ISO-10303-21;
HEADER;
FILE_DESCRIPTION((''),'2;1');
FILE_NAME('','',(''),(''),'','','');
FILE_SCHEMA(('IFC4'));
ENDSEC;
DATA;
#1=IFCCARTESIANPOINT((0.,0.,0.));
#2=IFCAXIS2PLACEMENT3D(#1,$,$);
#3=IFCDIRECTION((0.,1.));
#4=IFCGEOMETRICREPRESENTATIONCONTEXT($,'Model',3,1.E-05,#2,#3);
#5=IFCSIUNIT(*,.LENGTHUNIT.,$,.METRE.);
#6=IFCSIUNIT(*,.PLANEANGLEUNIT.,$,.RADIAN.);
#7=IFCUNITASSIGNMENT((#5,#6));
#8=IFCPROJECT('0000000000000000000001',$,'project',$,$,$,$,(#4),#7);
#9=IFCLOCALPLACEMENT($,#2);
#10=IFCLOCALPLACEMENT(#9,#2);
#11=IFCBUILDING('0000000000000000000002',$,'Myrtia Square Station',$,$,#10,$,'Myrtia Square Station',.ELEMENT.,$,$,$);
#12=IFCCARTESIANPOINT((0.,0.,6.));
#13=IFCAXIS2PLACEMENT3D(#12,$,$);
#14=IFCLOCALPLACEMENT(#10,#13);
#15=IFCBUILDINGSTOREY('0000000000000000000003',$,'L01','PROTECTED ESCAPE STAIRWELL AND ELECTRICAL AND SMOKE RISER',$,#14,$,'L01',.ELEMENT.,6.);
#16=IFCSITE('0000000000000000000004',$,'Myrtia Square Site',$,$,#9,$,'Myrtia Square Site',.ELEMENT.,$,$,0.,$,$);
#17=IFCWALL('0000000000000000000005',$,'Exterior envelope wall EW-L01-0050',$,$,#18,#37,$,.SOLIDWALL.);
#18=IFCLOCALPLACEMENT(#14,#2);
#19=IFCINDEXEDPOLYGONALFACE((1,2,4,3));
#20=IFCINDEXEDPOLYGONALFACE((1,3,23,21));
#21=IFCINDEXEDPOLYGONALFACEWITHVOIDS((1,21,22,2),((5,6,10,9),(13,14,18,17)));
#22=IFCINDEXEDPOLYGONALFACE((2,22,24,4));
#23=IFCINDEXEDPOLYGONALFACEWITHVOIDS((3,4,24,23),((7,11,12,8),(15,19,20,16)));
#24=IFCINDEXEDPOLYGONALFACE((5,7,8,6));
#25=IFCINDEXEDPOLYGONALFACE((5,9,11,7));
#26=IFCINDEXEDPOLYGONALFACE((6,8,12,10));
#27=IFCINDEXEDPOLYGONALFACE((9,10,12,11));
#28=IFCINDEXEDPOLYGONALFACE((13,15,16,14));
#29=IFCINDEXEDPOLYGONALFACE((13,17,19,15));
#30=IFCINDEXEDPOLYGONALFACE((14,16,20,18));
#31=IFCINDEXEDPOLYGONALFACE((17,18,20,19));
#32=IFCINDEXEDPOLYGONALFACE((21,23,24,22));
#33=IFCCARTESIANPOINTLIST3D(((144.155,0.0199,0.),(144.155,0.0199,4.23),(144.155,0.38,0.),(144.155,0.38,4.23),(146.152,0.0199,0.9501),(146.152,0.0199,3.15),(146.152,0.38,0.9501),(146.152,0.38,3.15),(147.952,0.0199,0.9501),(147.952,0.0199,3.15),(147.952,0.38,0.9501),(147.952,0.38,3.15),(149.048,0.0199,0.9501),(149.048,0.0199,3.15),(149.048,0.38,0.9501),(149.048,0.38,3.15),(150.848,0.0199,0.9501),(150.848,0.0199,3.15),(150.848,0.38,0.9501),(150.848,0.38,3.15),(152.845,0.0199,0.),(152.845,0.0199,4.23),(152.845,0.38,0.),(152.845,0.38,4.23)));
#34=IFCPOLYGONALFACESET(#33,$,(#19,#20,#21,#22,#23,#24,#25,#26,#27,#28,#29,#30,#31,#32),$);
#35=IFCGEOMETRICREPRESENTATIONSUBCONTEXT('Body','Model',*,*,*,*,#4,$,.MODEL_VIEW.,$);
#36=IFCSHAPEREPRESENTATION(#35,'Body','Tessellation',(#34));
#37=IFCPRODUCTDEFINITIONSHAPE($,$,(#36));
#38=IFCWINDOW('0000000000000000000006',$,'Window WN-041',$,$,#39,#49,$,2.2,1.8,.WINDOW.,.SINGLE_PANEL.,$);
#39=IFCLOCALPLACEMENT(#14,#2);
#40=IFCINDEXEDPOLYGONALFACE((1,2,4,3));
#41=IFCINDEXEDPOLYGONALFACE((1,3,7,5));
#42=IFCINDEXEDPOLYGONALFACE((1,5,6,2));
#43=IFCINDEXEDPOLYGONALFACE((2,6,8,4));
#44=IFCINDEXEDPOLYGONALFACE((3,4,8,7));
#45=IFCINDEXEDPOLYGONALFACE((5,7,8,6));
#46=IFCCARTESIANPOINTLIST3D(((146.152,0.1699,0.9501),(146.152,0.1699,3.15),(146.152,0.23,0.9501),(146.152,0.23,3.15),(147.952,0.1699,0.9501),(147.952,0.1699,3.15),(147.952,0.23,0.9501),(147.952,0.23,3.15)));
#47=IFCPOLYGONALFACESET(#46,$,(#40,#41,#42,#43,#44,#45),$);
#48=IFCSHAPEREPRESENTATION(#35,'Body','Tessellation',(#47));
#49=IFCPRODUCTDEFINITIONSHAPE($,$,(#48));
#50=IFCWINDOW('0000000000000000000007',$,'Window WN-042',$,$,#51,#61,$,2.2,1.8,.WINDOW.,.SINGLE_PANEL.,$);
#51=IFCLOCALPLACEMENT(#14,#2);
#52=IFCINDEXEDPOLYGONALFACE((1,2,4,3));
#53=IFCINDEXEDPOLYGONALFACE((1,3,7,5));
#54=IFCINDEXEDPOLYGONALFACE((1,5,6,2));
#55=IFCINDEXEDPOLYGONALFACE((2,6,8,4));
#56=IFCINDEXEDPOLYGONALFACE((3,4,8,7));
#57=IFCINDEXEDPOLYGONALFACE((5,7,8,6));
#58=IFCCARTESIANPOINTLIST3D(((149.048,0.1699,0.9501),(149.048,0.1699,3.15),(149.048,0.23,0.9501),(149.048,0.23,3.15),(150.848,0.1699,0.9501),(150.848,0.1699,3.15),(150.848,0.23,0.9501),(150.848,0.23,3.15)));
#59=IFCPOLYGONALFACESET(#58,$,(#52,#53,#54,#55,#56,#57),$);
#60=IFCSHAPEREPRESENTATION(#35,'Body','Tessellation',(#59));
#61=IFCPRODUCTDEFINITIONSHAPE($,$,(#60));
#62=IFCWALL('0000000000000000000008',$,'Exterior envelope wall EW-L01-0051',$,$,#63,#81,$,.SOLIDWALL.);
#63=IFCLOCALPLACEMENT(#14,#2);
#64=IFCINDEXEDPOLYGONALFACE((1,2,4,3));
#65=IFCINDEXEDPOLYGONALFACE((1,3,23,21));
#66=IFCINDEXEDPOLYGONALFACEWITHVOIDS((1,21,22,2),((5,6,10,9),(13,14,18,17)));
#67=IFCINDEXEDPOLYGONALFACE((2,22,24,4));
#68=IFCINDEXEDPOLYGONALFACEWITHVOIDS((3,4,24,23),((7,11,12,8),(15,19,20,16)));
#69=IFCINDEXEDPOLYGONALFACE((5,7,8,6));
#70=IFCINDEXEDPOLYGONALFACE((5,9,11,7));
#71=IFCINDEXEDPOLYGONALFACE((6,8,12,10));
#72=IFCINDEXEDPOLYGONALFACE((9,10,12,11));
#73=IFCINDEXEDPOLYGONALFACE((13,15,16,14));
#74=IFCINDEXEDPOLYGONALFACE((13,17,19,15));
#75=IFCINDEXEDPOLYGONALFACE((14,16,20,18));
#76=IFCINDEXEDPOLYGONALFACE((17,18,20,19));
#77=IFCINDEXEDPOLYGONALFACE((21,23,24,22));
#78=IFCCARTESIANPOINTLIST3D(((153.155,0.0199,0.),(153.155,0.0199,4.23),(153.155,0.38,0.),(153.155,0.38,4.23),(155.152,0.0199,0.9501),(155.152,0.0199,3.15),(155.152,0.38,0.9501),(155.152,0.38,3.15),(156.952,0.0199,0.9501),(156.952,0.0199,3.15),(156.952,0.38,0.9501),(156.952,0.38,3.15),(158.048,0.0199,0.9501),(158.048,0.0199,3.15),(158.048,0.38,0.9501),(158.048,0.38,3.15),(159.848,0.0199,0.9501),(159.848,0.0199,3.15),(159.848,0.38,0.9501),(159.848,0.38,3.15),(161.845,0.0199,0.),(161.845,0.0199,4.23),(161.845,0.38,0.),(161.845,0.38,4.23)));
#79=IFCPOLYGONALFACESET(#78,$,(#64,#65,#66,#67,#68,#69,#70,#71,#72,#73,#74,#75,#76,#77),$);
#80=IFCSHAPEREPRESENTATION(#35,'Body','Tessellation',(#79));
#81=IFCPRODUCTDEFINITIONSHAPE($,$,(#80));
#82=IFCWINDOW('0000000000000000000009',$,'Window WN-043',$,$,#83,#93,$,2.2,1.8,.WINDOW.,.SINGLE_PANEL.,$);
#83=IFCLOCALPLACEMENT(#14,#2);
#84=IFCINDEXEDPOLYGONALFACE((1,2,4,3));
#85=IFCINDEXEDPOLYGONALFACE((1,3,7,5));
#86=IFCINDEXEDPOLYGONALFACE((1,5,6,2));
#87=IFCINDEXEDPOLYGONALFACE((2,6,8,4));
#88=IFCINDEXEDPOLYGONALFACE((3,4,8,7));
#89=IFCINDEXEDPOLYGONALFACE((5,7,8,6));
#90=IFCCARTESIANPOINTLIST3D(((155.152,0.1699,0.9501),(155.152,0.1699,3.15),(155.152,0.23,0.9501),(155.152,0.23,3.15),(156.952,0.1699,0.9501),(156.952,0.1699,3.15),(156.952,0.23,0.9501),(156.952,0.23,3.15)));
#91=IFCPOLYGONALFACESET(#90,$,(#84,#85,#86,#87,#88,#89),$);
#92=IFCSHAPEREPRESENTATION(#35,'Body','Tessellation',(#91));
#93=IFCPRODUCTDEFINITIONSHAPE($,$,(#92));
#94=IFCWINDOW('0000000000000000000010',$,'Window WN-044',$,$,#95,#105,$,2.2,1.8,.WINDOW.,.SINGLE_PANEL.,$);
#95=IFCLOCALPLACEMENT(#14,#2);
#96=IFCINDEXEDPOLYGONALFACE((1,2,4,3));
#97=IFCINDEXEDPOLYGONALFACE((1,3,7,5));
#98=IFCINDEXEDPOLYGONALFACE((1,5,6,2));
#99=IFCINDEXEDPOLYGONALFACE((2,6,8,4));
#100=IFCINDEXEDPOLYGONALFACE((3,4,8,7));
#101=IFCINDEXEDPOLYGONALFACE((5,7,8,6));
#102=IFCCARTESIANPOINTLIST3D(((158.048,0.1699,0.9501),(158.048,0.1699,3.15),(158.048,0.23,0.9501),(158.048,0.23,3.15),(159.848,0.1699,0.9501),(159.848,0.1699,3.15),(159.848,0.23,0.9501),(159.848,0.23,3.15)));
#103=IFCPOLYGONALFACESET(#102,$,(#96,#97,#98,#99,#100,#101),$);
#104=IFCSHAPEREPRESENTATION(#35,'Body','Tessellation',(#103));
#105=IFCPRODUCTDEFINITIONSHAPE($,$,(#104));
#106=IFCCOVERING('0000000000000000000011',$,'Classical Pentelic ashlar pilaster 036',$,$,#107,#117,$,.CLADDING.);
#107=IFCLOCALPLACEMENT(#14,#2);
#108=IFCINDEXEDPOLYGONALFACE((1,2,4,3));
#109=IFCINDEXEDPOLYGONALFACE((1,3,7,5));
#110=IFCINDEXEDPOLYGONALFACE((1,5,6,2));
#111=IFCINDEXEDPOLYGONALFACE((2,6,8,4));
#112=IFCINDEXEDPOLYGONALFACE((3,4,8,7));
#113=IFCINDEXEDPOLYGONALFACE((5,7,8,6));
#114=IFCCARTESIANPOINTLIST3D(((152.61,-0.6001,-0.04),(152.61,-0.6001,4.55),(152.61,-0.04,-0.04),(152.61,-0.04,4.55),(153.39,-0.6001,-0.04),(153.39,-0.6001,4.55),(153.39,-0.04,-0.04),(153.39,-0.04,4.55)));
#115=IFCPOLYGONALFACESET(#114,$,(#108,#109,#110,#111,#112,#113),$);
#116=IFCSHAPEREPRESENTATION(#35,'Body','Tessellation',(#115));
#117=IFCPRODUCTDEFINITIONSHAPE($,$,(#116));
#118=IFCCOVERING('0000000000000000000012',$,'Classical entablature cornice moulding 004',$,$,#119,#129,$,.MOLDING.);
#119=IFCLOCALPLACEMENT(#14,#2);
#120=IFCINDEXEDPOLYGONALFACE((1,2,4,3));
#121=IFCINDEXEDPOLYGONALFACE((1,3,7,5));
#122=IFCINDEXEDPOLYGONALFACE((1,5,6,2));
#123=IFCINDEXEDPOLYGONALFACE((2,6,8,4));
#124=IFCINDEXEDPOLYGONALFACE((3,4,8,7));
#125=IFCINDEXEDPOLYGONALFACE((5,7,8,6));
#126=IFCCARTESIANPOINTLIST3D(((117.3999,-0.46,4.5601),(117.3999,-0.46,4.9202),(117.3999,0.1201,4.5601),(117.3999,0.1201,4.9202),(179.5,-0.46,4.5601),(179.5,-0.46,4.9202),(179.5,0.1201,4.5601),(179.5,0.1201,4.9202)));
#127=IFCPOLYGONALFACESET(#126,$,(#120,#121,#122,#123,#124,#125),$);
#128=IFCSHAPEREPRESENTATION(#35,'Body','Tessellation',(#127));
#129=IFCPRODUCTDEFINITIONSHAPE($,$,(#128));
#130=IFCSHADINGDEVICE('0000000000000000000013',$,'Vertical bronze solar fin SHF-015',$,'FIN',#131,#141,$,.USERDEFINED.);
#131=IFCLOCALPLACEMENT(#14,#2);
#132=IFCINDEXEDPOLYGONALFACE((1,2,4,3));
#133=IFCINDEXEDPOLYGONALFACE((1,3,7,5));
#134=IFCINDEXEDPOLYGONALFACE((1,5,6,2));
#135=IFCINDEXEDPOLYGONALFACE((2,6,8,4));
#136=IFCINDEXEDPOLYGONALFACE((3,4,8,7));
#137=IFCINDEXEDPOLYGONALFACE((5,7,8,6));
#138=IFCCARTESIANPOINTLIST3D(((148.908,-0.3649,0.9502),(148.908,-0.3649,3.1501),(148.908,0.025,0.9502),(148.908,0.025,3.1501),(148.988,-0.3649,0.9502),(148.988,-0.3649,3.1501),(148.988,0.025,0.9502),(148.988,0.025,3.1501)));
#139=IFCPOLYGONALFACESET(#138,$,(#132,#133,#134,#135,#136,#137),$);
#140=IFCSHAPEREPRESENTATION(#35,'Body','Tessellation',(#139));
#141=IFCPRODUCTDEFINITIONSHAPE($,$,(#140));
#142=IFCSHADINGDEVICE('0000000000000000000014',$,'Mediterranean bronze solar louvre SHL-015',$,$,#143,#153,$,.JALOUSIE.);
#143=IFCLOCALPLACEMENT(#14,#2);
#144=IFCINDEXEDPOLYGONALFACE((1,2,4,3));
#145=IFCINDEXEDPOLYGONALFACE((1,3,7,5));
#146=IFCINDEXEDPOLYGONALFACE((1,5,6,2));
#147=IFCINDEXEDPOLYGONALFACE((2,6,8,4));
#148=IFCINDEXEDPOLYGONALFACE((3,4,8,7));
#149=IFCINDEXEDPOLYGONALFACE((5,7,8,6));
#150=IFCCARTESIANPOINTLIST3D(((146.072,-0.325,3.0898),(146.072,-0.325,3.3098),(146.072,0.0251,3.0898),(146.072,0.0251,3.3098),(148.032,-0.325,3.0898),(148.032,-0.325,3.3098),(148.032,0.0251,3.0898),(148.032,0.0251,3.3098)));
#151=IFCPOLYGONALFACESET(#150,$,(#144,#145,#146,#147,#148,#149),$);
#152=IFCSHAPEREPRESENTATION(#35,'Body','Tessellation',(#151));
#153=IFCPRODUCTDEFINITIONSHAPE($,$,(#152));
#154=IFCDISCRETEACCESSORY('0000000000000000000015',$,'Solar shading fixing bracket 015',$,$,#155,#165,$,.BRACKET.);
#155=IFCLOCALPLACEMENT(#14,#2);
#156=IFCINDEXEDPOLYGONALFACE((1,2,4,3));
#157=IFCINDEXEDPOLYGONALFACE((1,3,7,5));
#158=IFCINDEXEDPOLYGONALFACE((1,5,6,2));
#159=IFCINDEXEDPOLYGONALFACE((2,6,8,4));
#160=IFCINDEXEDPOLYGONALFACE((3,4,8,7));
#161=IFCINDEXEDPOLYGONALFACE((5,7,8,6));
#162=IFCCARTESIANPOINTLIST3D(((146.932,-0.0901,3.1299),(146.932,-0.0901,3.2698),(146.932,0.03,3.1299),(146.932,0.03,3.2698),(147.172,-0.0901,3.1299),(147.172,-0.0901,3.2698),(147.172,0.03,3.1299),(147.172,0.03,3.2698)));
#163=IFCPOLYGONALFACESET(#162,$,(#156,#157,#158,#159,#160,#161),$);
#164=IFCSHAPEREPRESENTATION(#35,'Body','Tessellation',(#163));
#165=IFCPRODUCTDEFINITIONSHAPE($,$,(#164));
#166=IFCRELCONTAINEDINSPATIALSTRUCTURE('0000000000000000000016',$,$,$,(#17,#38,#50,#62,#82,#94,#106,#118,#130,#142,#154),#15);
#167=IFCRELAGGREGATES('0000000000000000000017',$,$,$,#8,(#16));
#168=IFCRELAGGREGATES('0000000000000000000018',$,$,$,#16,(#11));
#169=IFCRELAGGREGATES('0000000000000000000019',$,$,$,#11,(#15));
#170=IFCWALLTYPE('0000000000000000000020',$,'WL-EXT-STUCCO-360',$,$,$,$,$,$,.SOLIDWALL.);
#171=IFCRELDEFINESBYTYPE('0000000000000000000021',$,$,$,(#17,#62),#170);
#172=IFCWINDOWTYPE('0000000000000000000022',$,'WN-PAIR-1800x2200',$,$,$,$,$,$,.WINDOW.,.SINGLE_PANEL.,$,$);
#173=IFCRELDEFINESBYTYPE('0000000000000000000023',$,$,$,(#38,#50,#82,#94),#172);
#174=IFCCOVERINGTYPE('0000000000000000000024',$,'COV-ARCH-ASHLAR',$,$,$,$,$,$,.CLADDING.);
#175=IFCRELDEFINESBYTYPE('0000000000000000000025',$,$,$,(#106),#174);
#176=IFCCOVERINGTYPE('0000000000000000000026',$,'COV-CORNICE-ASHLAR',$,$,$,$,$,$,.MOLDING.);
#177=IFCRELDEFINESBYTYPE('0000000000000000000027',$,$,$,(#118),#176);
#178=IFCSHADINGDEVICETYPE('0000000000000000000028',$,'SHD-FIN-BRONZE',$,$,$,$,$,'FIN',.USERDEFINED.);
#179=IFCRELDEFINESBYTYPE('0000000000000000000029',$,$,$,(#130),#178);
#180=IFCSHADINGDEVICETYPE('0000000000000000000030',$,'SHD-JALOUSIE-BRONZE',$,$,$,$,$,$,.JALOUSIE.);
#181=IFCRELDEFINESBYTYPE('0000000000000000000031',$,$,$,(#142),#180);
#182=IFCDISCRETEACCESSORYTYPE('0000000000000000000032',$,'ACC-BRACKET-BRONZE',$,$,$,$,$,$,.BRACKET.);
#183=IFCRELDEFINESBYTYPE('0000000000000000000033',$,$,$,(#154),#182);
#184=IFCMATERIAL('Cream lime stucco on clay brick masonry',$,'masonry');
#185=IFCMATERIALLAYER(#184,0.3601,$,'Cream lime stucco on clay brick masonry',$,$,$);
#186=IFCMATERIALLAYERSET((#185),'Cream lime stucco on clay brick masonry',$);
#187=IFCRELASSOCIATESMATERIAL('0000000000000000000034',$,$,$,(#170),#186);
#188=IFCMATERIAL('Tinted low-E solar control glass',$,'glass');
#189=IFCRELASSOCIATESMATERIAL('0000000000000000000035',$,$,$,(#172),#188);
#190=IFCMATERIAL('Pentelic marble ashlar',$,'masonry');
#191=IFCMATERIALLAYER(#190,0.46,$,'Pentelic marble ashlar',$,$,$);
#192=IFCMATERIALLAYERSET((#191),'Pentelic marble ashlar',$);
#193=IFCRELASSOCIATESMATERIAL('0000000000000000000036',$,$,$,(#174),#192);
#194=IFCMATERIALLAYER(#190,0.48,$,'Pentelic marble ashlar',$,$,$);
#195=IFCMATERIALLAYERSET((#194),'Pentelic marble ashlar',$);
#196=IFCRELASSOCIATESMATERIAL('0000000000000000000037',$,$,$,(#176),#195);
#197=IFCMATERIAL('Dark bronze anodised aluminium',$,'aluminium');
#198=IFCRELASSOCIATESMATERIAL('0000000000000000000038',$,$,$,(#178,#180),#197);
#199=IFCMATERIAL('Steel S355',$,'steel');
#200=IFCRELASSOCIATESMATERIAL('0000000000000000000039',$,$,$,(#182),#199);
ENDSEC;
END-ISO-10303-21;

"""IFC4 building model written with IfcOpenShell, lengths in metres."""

from ifc_helpers import new_model, si_unit, direction, frame, frame_2d, origin, origin_2d, place, context, subcontext, project, spatial, rectangle, extrude, material, layer, layer_set, type_object, element, fill, save


model = new_model("IFC4")

# Units and contexts
model_context = context("Model", 3, precision=1e-05, world=origin(), true_north=direction((0.0, 1.0)))
body_context = subcontext(model_context, "Body", "Model", "MODEL_VIEW")
ifc_project = project(units=[si_unit("LENGTHUNIT", "METRE"), si_unit("PLANEANGLEUNIT", "RADIAN")], contexts=[model_context])

# Site, building, storey
site_placement = place(None, origin())
site = spatial("IfcSite", under=ifc_project, at=site_placement, Name="Myrtia Square Site", LongName="Myrtia Square Site", CompositionType="ELEMENT", RefElevation=0.0)
building_placement = place(site_placement, origin())
building = spatial("IfcBuilding", under=site, at=building_placement, Name="Myrtia Square Station", LongName="Myrtia Square Station", CompositionType="ELEMENT")
storey_placement = place(building_placement, frame((0.0, 0.0, 6.0)))
storey = spatial("IfcBuildingStorey", under=building, at=storey_placement, Name="L01", Description="PROTECTED ESCAPE STAIRWELL AND ELECTRICAL AND SMOKE RISER", LongName="L01", CompositionType="ELEMENT", Elevation=6.0)

# Shared definitions
ifc_material_1 = material(Name="Steel S355", Category="steel")

# Walls, openings, windows
ifc_material_2 = material(Name="Cream lime stucco on clay brick masonry", Category="masonry")
ifc_layer_1 = layer(ifc_material_2, 0.3601, Name="Cream lime stucco on clay brick masonry")
ifc_layer_set_1 = layer_set([ifc_layer_1], Name="Cream lime stucco on clay brick masonry")
wall_type_1 = type_object("IfcWallType", Name="WL-EXT-STUCCO-360", PredefinedType="SOLIDWALL", material=ifc_layer_set_1)
wall_1_placement = place(storey_placement, frame((144.155, 0.2, 0.0), z_axis=(0.0, 0.0, 1.0), x_axis=(1.0, 0.0, 0.0)))
wall_1 = element("IfcWall", 1, at=wall_1_placement, inside=storey, type_object=wall_type_1, Name="Exterior envelope wall EW-L01-0050", PredefinedType="SOLIDWALL", context=body_context, shape_type="SweptSolid", body=[
    extrude(rectangle(XDim=8.6899, YDim=0.3601, at=frame_2d((4.345, 0.0))), origin(), (0.0, 0.0, 1.0), 4.23),
])
opening_1_placement = place(wall_1_placement, frame((1.9971, 0.0, 0.95)))
opening_1 = element("IfcOpeningElement", 2, at=opening_1_placement, cuts=wall_1, PredefinedType="OPENING", context=body_context, shape_type="SweptSolid", body=[
    extrude(rectangle(XDim=1.8, YDim=2.2, at=frame_2d((0.8999, 1.1001))), frame((0.0, 0.1951, 0.0), z_axis=(0.0, -1.0, 0.0), x_axis=(1.0, 0.0, 0.0)), (0.0, 0.0, 1.0), 0.3901),
])
opening_2_placement = place(wall_1_placement, frame((4.8931, 0.0, 0.95)))
opening_2 = element("IfcOpeningElement", 3, at=opening_2_placement, cuts=wall_1, PredefinedType="OPENING", context=body_context, shape_type="SweptSolid", body=[
    extrude(rectangle(XDim=1.8, YDim=2.2, at=frame_2d((0.8999, 1.1001))), frame((0.0, 0.1951, 0.0), z_axis=(0.0, -1.0, 0.0), x_axis=(1.0, 0.0, 0.0)), (0.0, 0.0, 1.0), 0.3901),
])
ifc_material_3 = material(Name="Tinted low-E solar control glass", Category="glass")
window_type = type_object("IfcWindowType", Name="WN-PAIR-1800x2200", PartitioningType="SINGLE_PANEL", PredefinedType="WINDOW", material=ifc_material_3)
window_1_placement = place(opening_1_placement, origin())
window_1 = element("IfcWindow", 4, at=window_1_placement, inside=storey, type_object=window_type, Name="Window WN-041", OverallHeight=2.2, OverallWidth=1.8, PartitioningType="SINGLE_PANEL", PredefinedType="WINDOW", context=body_context, shape_type="SweptSolid", body=[
    extrude(rectangle(XDim=1.8, YDim=2.2, at=frame_2d((0.8999, 1.1001))), frame((0.0, 0.03, 0.0), z_axis=(0.0, -1.0, 0.0), x_axis=(1.0, 0.0, 0.0)), (0.0, 0.0, 1.0), 0.0601),
])
fill(opening_1, window_1)
window_2_placement = place(opening_2_placement, origin())
window_2 = element("IfcWindow", 5, at=window_2_placement, inside=storey, type_object=window_type, Name="Window WN-042", OverallHeight=2.2, OverallWidth=1.8, PartitioningType="SINGLE_PANEL", PredefinedType="WINDOW", context=body_context, shape_type="SweptSolid", body=[
    extrude(rectangle(XDim=1.8, YDim=2.2, at=frame_2d((0.8999, 1.1001))), frame((0.0, 0.03, 0.0), z_axis=(0.0, -1.0, 0.0), x_axis=(1.0, 0.0, 0.0)), (0.0, 0.0, 1.0), 0.0601),
])
fill(opening_2, window_2)
wall_2_placement = place(storey_placement, frame((153.155, 0.2, 0.0), z_axis=(0.0, 0.0, 1.0), x_axis=(1.0, 0.0, 0.0)))
wall_2 = element("IfcWall", 6, at=wall_2_placement, inside=storey, type_object=wall_type_1, Name="Exterior envelope wall EW-L01-0051", PredefinedType="SOLIDWALL", context=body_context, shape_type="SweptSolid", body=[
    extrude(rectangle(XDim=8.6899, YDim=0.3601, at=frame_2d((4.345, 0.0))), origin(), (0.0, 0.0, 1.0), 4.23),
])
opening_3_placement = place(wall_2_placement, frame((1.9971, 0.0, 0.95)))
opening_3 = element("IfcOpeningElement", 7, at=opening_3_placement, cuts=wall_2, PredefinedType="OPENING", context=body_context, shape_type="SweptSolid", body=[
    extrude(rectangle(XDim=1.8, YDim=2.2, at=frame_2d((0.8999, 1.1001))), frame((0.0, 0.1951, 0.0), z_axis=(0.0, -1.0, 0.0), x_axis=(1.0, 0.0, 0.0)), (0.0, 0.0, 1.0), 0.3901),
])
opening_4_placement = place(wall_2_placement, frame((4.8931, 0.0, 0.95)))
opening_4 = element("IfcOpeningElement", 8, at=opening_4_placement, cuts=wall_2, PredefinedType="OPENING", context=body_context, shape_type="SweptSolid", body=[
    extrude(rectangle(XDim=1.8, YDim=2.2, at=frame_2d((0.8999, 1.1001))), frame((0.0, 0.1951, 0.0), z_axis=(0.0, -1.0, 0.0), x_axis=(1.0, 0.0, 0.0)), (0.0, 0.0, 1.0), 0.3901),
])
window_3_placement = place(opening_3_placement, origin())
window_3 = element("IfcWindow", 9, at=window_3_placement, inside=storey, type_object=window_type, Name="Window WN-043", OverallHeight=2.2, OverallWidth=1.8, PartitioningType="SINGLE_PANEL", PredefinedType="WINDOW", context=body_context, shape_type="SweptSolid", body=[
    extrude(rectangle(XDim=1.8, YDim=2.2, at=frame_2d((0.8999, 1.1001))), frame((0.0, 0.03, 0.0), z_axis=(0.0, -1.0, 0.0), x_axis=(1.0, 0.0, 0.0)), (0.0, 0.0, 1.0), 0.0601),
])
fill(opening_3, window_3)
window_4_placement = place(opening_4_placement, origin())
window_4 = element("IfcWindow", 10, at=window_4_placement, inside=storey, type_object=window_type, Name="Window WN-044", OverallHeight=2.2, OverallWidth=1.8, PartitioningType="SINGLE_PANEL", PredefinedType="WINDOW", context=body_context, shape_type="SweptSolid", body=[
    extrude(rectangle(XDim=1.8, YDim=2.2, at=frame_2d((0.8999, 1.1001))), frame((0.0, 0.03, 0.0), z_axis=(0.0, -1.0, 0.0), x_axis=(1.0, 0.0, 0.0)), (0.0, 0.0, 1.0), 0.0601),
])
fill(opening_4, window_4)

# Coverings
ifc_material_4 = material(Name="Pentelic marble ashlar", Category="masonry")
ifc_layer_2 = layer(ifc_material_4, 0.46, Name="Pentelic marble ashlar")
ifc_layer_set_2 = layer_set([ifc_layer_2], Name="Pentelic marble ashlar")
covering_type_1 = type_object("IfcCoveringType", Name="COV-ARCH-ASHLAR", PredefinedType="CLADDING", material=ifc_layer_set_2)
covering_1_placement = place(storey_placement, frame((153.0, -0.3201, -0.04), z_axis=(0.0, 0.0, 1.0), x_axis=(1.0, 0.0, 0.0)))
element("IfcCovering", 11, at=covering_1_placement, inside=storey, type_object=covering_type_1, Name="Classical Pentelic ashlar pilaster 036", PredefinedType="CLADDING", context=body_context, shape_type="SweptSolid", body=[
    extrude(rectangle(XDim=0.78, YDim=0.5601, at=origin_2d()), origin(), (0.0, 0.0, 1.0), 4.5901),
])
ifc_layer_3 = layer(ifc_material_4, 0.48, Name="Pentelic marble ashlar")
ifc_layer_set_3 = layer_set([ifc_layer_3], Name="Pentelic marble ashlar")
covering_type_2 = type_object("IfcCoveringType", Name="COV-CORNICE-ASHLAR", PredefinedType="MOLDING", material=ifc_layer_set_3)
covering_2_placement = place(storey_placement, frame((148.45, -0.1699, 4.5601), z_axis=(0.0, 0.0, 1.0), x_axis=(1.0, 0.0, 0.0)))
element("IfcCovering", 12, at=covering_2_placement, inside=storey, type_object=covering_type_2, Name="Classical entablature cornice moulding 004", PredefinedType="MOLDING", context=body_context, shape_type="SweptSolid", body=[
    extrude(rectangle(XDim=62.1001, YDim=0.5801, at=origin_2d()), origin(), (0.0, 0.0, 1.0), 0.3601),
])

# Shading devices
ifc_material_5 = material(Name="Dark bronze anodised aluminium", Category="aluminium")
shading_device_type_1 = type_object("IfcShadingDeviceType", Name="SHD-FIN-BRONZE", ElementType="FIN", PredefinedType="USERDEFINED", material=ifc_material_5)
shading_device_1_placement = place(storey_placement, frame((148.948, -0.1699, 0.9502), z_axis=(0.0, 0.0, 1.0), x_axis=(1.0, 0.0, 0.0)))
element("IfcShadingDevice", 13, at=shading_device_1_placement, inside=storey, type_object=shading_device_type_1, Name="Vertical bronze solar fin SHF-015", ObjectType="FIN", PredefinedType="USERDEFINED", context=body_context, shape_type="SweptSolid", body=[
    extrude(rectangle(XDim=0.0801, YDim=0.3899, at=origin_2d()), origin(), (0.0, 0.0, 1.0), 2.2),
])
shading_device_type_2 = type_object("IfcShadingDeviceType", Name="SHD-JALOUSIE-BRONZE", PredefinedType="JALOUSIE", material=ifc_material_5)
shading_device_2_placement = place(storey_placement, frame((147.052, -0.1499, 3.0898), z_axis=(0.0, 0.0, 1.0), x_axis=(1.0, 0.0, 0.0)))
element("IfcShadingDevice", 14, at=shading_device_2_placement, inside=storey, type_object=shading_device_type_2, Name="Mediterranean bronze solar louvre SHL-015", PredefinedType="JALOUSIE", context=body_context, shape_type="SweptSolid", body=[
    extrude(rectangle(XDim=1.96, YDim=0.3501, at=origin_2d()), origin(), (0.0, 0.0, 1.0), 0.22),
])

# Discrete accessory
discrete_accessory_type = type_object("IfcDiscreteAccessoryType", Name="ACC-BRACKET-BRONZE", PredefinedType="BRACKET", material=ifc_material_1)
discrete_accessory_placement = place(storey_placement, frame((147.052, -0.03, 3.1299), z_axis=(0.0, 0.0, 1.0), x_axis=(1.0, 0.0, 0.0)))
element("IfcDiscreteAccessory", 15, at=discrete_accessory_placement, inside=storey, type_object=discrete_accessory_type, Name="Solar shading fixing bracket 015", PredefinedType="BRACKET", context=body_context, shape_type="SweptSolid", body=[
    extrude(rectangle(XDim=0.24, YDim=0.1201, at=origin_2d()), origin(), (0.0, 0.0, 1.0), 0.1399),
])

save(model, "model.ifc")
